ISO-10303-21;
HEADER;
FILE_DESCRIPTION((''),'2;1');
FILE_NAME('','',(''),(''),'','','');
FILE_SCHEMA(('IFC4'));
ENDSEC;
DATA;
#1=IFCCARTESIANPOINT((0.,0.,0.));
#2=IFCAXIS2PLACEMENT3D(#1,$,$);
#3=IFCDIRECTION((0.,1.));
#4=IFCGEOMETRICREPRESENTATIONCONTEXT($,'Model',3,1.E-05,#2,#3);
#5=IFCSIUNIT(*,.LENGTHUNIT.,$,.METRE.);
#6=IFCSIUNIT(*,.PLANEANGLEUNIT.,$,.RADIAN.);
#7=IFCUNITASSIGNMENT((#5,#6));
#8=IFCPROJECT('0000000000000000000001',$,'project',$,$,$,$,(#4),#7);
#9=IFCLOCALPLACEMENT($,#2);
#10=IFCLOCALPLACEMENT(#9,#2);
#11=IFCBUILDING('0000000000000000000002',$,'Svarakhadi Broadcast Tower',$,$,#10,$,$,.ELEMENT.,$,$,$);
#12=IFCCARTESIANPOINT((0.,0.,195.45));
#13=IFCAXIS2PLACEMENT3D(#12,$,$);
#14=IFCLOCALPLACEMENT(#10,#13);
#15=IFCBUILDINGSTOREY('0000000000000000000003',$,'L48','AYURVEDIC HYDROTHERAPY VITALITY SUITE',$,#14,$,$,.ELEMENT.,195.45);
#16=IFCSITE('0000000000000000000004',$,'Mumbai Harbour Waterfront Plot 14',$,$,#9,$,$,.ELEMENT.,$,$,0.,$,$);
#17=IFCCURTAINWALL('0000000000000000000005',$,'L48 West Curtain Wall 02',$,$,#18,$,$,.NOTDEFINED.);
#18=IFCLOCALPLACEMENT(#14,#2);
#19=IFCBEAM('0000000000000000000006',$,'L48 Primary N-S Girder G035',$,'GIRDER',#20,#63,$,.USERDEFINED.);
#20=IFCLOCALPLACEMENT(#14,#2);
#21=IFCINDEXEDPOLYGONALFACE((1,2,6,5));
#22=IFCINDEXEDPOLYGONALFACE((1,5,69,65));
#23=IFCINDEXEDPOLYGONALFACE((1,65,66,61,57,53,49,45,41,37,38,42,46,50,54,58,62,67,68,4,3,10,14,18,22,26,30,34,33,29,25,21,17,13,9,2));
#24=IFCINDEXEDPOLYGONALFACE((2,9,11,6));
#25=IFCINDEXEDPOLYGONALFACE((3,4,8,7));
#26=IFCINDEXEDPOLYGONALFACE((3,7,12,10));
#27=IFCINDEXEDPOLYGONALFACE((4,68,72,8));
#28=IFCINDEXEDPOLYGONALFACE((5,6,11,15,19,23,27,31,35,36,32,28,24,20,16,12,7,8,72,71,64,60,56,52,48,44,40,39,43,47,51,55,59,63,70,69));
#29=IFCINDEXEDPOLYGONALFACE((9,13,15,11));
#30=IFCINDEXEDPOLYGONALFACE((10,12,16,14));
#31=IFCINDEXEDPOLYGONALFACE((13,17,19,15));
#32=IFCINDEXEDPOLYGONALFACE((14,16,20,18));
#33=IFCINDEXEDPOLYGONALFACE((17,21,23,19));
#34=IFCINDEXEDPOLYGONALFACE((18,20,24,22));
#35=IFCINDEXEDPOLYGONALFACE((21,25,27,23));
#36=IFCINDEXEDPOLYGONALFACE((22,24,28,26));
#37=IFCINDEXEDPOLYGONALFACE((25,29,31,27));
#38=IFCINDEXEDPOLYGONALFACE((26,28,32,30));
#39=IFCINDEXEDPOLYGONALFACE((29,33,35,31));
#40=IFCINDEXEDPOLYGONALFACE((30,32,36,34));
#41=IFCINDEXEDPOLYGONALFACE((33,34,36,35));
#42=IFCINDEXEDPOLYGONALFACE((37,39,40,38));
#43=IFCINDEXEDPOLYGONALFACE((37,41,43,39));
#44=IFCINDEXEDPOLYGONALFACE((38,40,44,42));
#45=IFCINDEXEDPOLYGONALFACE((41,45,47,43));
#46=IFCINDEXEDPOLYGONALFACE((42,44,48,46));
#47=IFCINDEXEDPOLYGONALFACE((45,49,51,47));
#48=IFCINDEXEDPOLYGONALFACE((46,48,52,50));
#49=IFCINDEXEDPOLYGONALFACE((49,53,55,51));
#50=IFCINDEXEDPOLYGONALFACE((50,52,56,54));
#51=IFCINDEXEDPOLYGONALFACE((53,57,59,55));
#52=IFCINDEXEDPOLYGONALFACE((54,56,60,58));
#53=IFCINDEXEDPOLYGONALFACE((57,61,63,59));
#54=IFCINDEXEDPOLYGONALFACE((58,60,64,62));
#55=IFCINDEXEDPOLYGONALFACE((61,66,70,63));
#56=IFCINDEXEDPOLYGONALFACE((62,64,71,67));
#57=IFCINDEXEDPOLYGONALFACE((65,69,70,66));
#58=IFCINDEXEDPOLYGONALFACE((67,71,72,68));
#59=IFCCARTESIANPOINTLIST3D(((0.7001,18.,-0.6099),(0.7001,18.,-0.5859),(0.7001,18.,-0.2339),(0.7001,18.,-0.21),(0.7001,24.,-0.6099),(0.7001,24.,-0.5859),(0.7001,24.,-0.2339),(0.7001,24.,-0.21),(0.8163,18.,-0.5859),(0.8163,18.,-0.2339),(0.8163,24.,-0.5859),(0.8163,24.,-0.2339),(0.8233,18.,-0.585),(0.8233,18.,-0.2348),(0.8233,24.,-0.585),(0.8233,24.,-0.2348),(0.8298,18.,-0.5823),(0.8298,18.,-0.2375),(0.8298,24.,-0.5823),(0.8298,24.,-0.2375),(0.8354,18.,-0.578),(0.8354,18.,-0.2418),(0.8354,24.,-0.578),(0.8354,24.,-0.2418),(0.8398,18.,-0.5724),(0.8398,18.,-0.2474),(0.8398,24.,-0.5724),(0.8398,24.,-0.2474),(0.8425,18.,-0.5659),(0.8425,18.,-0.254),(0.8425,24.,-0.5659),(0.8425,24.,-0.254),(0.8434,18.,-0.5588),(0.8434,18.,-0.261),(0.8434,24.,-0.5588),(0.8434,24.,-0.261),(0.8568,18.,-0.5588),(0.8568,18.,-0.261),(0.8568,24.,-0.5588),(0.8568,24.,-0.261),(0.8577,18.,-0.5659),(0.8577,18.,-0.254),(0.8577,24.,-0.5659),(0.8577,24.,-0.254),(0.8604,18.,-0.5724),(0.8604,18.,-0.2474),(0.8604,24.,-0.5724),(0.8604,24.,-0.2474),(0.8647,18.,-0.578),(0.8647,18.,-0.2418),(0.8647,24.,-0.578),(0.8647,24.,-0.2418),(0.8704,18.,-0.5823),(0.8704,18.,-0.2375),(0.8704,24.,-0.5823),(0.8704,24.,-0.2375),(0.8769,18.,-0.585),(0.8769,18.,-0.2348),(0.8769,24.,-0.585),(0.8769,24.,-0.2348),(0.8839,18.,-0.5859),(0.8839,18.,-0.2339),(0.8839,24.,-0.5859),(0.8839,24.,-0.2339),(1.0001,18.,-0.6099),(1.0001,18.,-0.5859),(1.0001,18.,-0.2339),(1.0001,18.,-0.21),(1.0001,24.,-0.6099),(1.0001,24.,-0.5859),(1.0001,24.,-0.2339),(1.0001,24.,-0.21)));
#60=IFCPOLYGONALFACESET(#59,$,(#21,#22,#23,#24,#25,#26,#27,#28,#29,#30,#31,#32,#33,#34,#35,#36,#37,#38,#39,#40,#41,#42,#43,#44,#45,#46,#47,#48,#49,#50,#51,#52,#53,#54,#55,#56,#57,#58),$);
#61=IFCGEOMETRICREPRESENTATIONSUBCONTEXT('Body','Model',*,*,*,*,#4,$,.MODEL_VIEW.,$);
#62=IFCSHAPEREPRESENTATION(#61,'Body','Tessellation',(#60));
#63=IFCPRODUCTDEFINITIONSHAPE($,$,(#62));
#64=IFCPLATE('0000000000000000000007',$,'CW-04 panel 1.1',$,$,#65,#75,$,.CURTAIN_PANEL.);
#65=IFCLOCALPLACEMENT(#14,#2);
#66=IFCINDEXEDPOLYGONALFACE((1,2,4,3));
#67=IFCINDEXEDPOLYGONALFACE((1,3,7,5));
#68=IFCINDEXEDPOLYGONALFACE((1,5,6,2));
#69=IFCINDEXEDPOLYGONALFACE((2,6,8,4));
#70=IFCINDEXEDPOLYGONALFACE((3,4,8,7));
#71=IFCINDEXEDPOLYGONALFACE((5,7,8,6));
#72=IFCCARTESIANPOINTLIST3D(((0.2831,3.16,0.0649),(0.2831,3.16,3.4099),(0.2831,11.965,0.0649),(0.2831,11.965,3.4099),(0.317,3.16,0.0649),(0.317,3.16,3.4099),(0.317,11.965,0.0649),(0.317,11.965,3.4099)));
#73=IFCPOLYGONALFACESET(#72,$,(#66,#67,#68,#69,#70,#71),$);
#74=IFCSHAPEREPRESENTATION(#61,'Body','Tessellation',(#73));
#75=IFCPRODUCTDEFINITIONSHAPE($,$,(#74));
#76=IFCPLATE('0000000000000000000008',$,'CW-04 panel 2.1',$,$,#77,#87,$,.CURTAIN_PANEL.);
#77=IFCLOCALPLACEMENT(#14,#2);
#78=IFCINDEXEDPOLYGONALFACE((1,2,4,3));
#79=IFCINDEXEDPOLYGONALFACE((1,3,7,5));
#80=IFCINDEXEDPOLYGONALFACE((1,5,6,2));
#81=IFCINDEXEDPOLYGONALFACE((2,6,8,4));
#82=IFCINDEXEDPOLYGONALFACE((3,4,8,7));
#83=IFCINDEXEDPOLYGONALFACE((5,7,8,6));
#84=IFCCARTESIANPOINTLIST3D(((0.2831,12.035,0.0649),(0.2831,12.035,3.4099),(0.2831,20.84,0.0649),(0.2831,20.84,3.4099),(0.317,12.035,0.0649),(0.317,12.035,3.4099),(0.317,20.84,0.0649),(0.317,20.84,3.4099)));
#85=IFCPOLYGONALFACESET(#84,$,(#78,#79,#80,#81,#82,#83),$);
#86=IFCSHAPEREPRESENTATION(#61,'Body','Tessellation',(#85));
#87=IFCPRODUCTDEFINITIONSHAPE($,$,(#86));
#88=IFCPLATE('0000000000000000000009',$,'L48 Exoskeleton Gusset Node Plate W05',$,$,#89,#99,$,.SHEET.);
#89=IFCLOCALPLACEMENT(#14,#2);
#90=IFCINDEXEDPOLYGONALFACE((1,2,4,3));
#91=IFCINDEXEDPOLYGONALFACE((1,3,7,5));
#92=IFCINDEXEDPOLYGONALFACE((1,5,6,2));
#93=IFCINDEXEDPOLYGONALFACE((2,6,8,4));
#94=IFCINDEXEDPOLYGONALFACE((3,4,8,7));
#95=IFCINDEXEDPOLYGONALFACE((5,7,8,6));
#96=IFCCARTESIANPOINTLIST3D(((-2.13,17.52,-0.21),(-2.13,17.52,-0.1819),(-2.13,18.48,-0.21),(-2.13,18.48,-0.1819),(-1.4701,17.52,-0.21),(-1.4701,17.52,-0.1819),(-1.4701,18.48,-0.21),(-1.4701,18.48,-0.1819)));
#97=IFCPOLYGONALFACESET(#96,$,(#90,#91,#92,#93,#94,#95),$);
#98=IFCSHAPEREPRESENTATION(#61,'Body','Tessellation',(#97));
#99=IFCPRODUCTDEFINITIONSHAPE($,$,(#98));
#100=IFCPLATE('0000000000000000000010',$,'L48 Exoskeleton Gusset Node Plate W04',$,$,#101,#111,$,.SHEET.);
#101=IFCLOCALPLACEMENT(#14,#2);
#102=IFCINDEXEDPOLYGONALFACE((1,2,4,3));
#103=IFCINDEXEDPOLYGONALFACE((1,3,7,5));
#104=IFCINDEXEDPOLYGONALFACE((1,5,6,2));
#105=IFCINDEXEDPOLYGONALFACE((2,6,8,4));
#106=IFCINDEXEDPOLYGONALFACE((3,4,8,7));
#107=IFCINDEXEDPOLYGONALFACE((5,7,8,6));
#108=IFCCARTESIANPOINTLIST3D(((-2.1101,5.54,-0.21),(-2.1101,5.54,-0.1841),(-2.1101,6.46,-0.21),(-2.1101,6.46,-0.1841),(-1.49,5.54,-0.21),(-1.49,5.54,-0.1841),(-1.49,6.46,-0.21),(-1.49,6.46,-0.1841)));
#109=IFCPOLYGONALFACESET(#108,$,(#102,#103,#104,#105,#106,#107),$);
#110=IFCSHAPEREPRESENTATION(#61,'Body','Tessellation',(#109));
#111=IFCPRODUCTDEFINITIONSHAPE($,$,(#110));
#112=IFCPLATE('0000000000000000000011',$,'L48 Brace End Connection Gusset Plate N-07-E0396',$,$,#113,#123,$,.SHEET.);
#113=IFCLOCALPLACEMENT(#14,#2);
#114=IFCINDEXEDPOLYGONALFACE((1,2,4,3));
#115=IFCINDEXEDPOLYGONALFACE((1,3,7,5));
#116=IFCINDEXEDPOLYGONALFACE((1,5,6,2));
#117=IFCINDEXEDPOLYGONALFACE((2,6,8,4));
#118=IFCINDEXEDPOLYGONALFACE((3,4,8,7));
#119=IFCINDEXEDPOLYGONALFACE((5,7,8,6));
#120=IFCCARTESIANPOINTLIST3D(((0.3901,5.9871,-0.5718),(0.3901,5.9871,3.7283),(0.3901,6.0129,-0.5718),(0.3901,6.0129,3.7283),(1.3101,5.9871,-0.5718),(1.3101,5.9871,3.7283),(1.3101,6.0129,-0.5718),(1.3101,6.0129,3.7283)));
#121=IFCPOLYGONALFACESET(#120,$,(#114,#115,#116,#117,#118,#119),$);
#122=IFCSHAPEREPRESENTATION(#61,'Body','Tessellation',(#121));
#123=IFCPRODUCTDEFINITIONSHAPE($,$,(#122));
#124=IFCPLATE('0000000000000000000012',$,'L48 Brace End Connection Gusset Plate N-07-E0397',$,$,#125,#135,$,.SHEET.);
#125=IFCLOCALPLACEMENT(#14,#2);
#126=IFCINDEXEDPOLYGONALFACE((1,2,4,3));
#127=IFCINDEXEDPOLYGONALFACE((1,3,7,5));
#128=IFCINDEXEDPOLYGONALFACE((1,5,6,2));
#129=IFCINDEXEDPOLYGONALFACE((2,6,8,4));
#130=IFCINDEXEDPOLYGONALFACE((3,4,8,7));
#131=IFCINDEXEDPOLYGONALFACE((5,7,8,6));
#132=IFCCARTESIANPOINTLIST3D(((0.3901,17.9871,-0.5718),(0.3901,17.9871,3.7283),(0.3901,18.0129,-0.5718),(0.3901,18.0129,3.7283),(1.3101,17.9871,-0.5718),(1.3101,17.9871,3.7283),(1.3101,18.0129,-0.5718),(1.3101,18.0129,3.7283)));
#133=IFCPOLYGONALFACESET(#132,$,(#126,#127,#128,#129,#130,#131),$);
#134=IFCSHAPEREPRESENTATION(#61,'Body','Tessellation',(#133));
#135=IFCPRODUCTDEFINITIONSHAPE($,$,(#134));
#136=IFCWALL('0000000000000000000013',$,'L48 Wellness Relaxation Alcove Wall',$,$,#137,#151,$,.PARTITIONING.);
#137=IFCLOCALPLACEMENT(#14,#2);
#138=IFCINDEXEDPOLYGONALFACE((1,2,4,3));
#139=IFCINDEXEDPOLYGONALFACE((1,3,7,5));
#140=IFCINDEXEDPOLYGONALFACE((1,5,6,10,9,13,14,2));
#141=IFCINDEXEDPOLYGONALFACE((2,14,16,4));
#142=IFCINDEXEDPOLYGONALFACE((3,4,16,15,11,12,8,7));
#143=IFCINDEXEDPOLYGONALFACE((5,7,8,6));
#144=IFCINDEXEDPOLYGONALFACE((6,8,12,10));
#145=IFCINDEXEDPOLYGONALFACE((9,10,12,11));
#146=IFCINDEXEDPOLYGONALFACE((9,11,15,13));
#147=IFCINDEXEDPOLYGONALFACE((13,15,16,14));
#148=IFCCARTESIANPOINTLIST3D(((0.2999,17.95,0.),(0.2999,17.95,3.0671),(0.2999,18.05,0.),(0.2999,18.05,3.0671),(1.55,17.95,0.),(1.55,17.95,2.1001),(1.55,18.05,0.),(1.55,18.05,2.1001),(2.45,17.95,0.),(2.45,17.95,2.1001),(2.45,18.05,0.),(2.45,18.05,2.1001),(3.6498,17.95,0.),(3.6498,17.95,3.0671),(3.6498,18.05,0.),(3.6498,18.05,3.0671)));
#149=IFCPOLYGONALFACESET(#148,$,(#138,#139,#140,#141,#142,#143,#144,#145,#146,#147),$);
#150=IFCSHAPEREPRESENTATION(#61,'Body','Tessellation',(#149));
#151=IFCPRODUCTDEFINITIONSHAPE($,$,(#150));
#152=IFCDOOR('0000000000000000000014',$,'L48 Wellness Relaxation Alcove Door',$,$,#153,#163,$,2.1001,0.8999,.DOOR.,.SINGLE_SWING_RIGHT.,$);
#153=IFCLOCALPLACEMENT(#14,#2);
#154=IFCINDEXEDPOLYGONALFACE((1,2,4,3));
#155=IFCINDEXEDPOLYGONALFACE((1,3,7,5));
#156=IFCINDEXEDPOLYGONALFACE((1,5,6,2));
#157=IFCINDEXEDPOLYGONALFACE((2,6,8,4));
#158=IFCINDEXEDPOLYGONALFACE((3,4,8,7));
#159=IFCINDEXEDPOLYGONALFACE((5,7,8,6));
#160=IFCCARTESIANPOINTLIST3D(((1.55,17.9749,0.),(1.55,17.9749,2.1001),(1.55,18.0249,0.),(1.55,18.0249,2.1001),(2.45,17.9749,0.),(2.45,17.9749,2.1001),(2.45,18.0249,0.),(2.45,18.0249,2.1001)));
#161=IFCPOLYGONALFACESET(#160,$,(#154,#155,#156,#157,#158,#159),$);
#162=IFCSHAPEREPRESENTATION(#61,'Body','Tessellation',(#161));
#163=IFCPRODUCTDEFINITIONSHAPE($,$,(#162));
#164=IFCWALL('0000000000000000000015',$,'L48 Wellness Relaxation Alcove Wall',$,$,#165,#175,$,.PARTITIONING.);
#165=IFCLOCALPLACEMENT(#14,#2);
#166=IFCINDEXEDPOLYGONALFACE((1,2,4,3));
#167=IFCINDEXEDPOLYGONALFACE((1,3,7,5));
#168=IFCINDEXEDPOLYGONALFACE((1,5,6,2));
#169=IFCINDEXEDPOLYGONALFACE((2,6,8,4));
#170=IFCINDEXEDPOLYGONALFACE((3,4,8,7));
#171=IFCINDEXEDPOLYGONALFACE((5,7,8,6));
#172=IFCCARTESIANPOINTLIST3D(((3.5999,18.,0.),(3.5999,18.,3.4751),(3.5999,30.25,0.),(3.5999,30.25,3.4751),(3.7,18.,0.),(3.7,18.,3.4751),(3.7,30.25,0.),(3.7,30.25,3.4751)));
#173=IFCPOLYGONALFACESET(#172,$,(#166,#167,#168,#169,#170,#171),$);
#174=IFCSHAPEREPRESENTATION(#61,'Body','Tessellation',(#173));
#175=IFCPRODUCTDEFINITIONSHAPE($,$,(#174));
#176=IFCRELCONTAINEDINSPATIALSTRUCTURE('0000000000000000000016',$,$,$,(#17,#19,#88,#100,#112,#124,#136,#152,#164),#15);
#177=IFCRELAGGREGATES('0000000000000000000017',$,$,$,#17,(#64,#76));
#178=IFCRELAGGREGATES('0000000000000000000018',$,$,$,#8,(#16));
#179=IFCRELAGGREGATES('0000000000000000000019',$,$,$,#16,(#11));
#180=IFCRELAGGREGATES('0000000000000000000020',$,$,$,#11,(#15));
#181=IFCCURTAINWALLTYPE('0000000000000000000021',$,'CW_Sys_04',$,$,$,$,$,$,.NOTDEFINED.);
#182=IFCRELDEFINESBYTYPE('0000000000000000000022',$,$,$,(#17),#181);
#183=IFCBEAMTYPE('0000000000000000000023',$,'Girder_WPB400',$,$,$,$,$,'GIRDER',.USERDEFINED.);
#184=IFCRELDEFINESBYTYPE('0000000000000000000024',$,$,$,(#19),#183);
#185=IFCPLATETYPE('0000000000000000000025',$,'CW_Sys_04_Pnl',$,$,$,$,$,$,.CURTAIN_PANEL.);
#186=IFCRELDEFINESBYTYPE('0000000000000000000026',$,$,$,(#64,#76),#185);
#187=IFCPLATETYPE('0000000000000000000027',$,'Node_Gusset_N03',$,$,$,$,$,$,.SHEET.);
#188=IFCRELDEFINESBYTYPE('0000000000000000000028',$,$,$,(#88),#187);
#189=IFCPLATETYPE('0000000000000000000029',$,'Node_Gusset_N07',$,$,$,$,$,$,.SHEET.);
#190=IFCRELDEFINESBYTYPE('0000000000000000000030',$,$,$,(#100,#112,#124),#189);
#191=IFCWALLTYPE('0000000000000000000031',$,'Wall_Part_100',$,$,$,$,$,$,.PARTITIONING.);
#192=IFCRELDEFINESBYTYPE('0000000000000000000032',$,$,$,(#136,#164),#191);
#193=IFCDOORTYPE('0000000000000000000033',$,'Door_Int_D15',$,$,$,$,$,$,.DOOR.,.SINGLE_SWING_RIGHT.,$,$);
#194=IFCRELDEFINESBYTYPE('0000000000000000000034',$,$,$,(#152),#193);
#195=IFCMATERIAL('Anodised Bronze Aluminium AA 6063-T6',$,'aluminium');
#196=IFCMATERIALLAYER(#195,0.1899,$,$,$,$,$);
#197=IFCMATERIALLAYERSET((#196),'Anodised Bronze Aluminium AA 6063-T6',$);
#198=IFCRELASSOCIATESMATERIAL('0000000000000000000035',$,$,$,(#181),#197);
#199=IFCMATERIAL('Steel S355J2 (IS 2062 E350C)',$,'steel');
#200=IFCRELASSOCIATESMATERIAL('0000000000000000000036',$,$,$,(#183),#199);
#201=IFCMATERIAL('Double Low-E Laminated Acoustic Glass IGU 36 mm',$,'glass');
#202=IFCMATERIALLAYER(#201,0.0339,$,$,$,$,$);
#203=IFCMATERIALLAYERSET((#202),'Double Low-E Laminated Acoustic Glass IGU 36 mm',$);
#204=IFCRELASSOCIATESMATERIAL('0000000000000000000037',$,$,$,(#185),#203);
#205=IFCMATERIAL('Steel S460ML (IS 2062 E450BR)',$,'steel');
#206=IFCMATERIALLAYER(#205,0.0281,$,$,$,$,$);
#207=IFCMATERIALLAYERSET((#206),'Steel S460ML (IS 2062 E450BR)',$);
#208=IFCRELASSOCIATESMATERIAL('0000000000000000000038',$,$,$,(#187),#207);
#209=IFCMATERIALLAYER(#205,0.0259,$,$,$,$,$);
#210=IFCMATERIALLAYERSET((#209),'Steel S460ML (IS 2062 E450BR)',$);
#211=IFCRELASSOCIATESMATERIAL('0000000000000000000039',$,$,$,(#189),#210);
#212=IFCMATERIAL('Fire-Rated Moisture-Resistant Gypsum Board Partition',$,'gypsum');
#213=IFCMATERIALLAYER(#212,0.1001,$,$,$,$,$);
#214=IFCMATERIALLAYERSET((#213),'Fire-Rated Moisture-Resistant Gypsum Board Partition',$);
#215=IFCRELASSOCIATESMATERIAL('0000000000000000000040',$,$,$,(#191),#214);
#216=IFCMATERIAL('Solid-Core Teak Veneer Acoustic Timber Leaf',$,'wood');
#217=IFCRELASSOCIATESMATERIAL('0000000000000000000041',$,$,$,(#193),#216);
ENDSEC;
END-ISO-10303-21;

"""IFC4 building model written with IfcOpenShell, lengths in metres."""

from ifc_helpers import new_model, si_unit, direction, frame, frame_2d, origin, origin_2d, place, context, subcontext, project, spatial, rectangle, i_section, extrude, material, layer, layer_set, material_profile, profile_set, type_object, element, fill, aggregate, save


model = new_model("IFC4")

# Units and contexts
model_context = context("Model", 3, precision=1e-05, world=origin(), true_north=direction((0.0, 1.0)))
body_context = subcontext(model_context, "Body", "Model", "MODEL_VIEW")
ifc_project = project(units=[si_unit("LENGTHUNIT", "METRE"), si_unit("PLANEANGLEUNIT", "RADIAN")], contexts=[model_context])

# Site, building, storey
site_placement = place(None, origin())
site = spatial("IfcSite", under=ifc_project, at=site_placement, Name="Mumbai Harbour Waterfront Plot 14", CompositionType="ELEMENT", RefElevation=0.0)
building_placement = place(site_placement, origin())
building = spatial("IfcBuilding", under=site, at=building_placement, Name="Svarakhadi Broadcast Tower", CompositionType="ELEMENT")
storey_placement = place(building_placement, frame((0.0, 0.0, 195.45)))
storey = spatial("IfcBuildingStorey", under=building, at=storey_placement, Name="L48", Description="AYURVEDIC HYDROTHERAPY VITALITY SUITE", CompositionType="ELEMENT", Elevation=195.45)

# Shared definitions
ifc_material_1 = material(Name="Steel S460ML (IS 2062 E450BR)", Category="steel")

# Shared definitions
ifc_material_2 = material(Name="Steel S355J2 (IS 2062 E350C)", Category="steel")

# Curtain wall
ifc_material_3 = material(Name="Anodised Bronze Aluminium AA 6063-T6", Category="aluminium")
ifc_layer_1 = layer(ifc_material_3, 0.1899)
ifc_layer_set_1 = layer_set([ifc_layer_1], Name="Anodised Bronze Aluminium AA 6063-T6")
curtain_wall_type = type_object("IfcCurtainWallType", Name="CW_Sys_04", PredefinedType="NOTDEFINED", material=ifc_layer_set_1)
curtain_wall_placement = place(storey_placement, origin())
curtain_wall = element("IfcCurtainWall", 1, at=curtain_wall_placement, inside=storey, type_object=curtain_wall_type, Name="L48 West Curtain Wall 02", PredefinedType="NOTDEFINED")

# Beam
ifc_material_profile_1 = material_profile(ifc_material_2, i_section(OverallWidth=0.3, OverallDepth=0.3999, WebThickness=0.0134, FlangeThickness=0.0239, FilletRadius=0.0271, at=origin_2d()), Name="WPB 400x300x155")
ifc_profile_set_1 = profile_set([ifc_material_profile_1], Name="Steel S355J2 (IS 2062 E350C)")
beam_type_1 = type_object("IfcBeamType", Name="Girder_WPB400", ElementType="GIRDER", PredefinedType="USERDEFINED", material=ifc_profile_set_1)
for number, where, z_axis, x_axis, name in (
    (2, (0.8501, 18.0, -0.4099), (0.0, 1.0, 0.0), (-1.0, 0.0, 0.0), "L48 Primary N-S Girder G035"),
):
    element("IfcBeam", number, at=place(storey_placement, frame(where, z_axis=z_axis, x_axis=x_axis)), inside=storey, type_object=beam_type_1, Name=name, ObjectType="GIRDER", PredefinedType="USERDEFINED", context=body_context, shape_type="SweptSolid", body=[
        extrude(i_section(OverallWidth=0.3, OverallDepth=0.3999, WebThickness=0.0134, FlangeThickness=0.0239, FilletRadius=0.0271, at=origin_2d()), origin(), (0.0, 0.0, 1.0), 6.0),
    ])

# Plates
ifc_material_4 = material(Name="Double Low-E Laminated Acoustic Glass IGU 36 mm", Category="glass")
ifc_layer_2 = layer(ifc_material_4, 0.0339)
ifc_layer_set_2 = layer_set([ifc_layer_2], Name="Double Low-E Laminated Acoustic Glass IGU 36 mm")
plate_type_1 = type_object("IfcPlateType", Name="CW_Sys_04_Pnl", PredefinedType="CURTAIN_PANEL", material=ifc_layer_set_2)
plate_1_placement = place(storey_placement, frame((0.3, 7.5625, 0.0649), z_axis=(0.0, 0.0, 1.0), x_axis=(0.0, 1.0, 0.0)))
plate_1 = element("IfcPlate", 3, at=plate_1_placement, type_object=plate_type_1, Name="CW-04 panel 1.1", PredefinedType="CURTAIN_PANEL", context=body_context, shape_type="SweptSolid", body=[
    extrude(rectangle(XDim=8.8049, YDim=0.0339, at=origin_2d()), origin(), (0.0, 0.0, 1.0), 3.345),
])
plate_2_placement = place(storey_placement, frame((0.3, 16.4375, 0.0649), z_axis=(0.0, 0.0, 1.0), x_axis=(0.0, 1.0, 0.0)))
plate_2 = element("IfcPlate", 4, at=plate_2_placement, type_object=plate_type_1, Name="CW-04 panel 2.1", PredefinedType="CURTAIN_PANEL", context=body_context, shape_type="SweptSolid", body=[
    extrude(rectangle(XDim=8.8049, YDim=0.0339, at=origin_2d()), origin(), (0.0, 0.0, 1.0), 3.345),
])
aggregate(curtain_wall, [plate_1, plate_2])

# Plates
ifc_layer_3 = layer(ifc_material_1, 0.0281)
ifc_layer_set_3 = layer_set([ifc_layer_3], Name="Steel S460ML (IS 2062 E450BR)")
plate_type_2 = type_object("IfcPlateType", Name="Node_Gusset_N03", PredefinedType="SHEET", material=ifc_layer_set_3)
plate_3_placement = place(storey_placement, frame((-1.8, 18.0, -0.21), z_axis=(0.0, 0.0, 1.0), x_axis=(0.0, 1.0, 0.0)))
element("IfcPlate", 5, at=plate_3_placement, inside=storey, type_object=plate_type_2, Name="L48 Exoskeleton Gusset Node Plate W05", PredefinedType="SHEET", context=body_context, shape_type="SweptSolid", body=[
    extrude(rectangle(XDim=0.96, YDim=0.6599, at=origin_2d()), origin(), (0.0, 0.0, 1.0), 0.0281),
])
ifc_layer_4 = layer(ifc_material_1, 0.0259)
ifc_layer_set_4 = layer_set([ifc_layer_4], Name="Steel S460ML (IS 2062 E450BR)")
plate_type_3 = type_object("IfcPlateType", Name="Node_Gusset_N07", PredefinedType="SHEET", material=ifc_layer_set_4)
plate_4_placement = place(storey_placement, frame((-1.8, 6.0, -0.21), z_axis=(0.0, 0.0, 1.0), x_axis=(0.0, 1.0, 0.0)))
element("IfcPlate", 6, at=plate_4_placement, inside=storey, type_object=plate_type_3, Name="L48 Exoskeleton Gusset Node Plate W04", PredefinedType="SHEET", context=body_context, shape_type="SweptSolid", body=[
    extrude(rectangle(XDim=0.9199, YDim=0.6201, at=origin_2d()), origin(), (0.0, 0.0, 1.0), 0.0259),
])
for number, where, z_axis, x_axis, name in (
    (7, (0.8501, 6.0, -0.5718), (0.0, 0.0, 1.0), (1.0, 0.0, 0.0), "L48 Brace End Connection Gusset Plate N-07-E0396"),
    (8, (0.8501, 18.0, -0.5718), (0.0, 0.0, 1.0), (1.0, 0.0, 0.0), "L48 Brace End Connection Gusset Plate N-07-E0397"),
):
    element("IfcPlate", number, at=place(storey_placement, frame(where, z_axis=z_axis, x_axis=x_axis)), inside=storey, type_object=plate_type_3, Name=name, PredefinedType="SHEET", context=body_context, shape_type="SweptSolid", body=[
        extrude(rectangle(XDim=0.9199, YDim=0.0259, at=origin_2d()), origin(), (0.0, 0.0, 1.0), 4.3),
    ])

# Wall, opening, door
ifc_material_5 = material(Name="Fire-Rated Moisture-Resistant Gypsum Board Partition", Category="gypsum")
ifc_layer_5 = layer(ifc_material_5, 0.1001)
ifc_layer_set_5 = layer_set([ifc_layer_5], Name="Fire-Rated Moisture-Resistant Gypsum Board Partition")
wall_type = type_object("IfcWallType", Name="Wall_Part_100", PredefinedType="PARTITIONING", material=ifc_layer_set_5)
wall_1_placement = place(storey_placement, frame((0.3, 18.0, 0.0), z_axis=(0.0, 0.0, 1.0), x_axis=(1.0, 0.0, 0.0)))
wall_1 = element("IfcWall", 9, at=wall_1_placement, inside=storey, type_object=wall_type, Name="L48 Wellness Relaxation Alcove Wall", PredefinedType="PARTITIONING", context=body_context, shape_type="SweptSolid", body=[
    extrude(rectangle(XDim=3.3499, YDim=0.1001, at=frame_2d((1.6748, 0.0))), origin(), (0.0, 0.0, 1.0), 3.0671),
])
opening_1_placement = place(wall_1_placement, frame((1.25, 0.0, 0.0)))
opening_1 = element("IfcOpeningElement", 10, at=opening_1_placement, cuts=wall_1, PredefinedType="OPENING", context=body_context, shape_type="SweptSolid", body=[
    extrude(rectangle(XDim=0.8999, YDim=2.1001, at=frame_2d((0.45, 1.05))), frame((0.0, 0.0601, 0.0), z_axis=(0.0, -1.0, 0.0), x_axis=(1.0, 0.0, 0.0)), (0.0, 0.0, 1.0), 0.1201),
])
ifc_material_6 = material(Name="Solid-Core Teak Veneer Acoustic Timber Leaf", Category="wood")
door_type_1 = type_object("IfcDoorType", Name="Door_Int_D15", OperationType="SINGLE_SWING_RIGHT", PredefinedType="DOOR", material=ifc_material_6)
door_1_placement = place(opening_1_placement, origin())
door_1 = element("IfcDoor", 11, at=door_1_placement, inside=storey, type_object=door_type_1, Name="L48 Wellness Relaxation Alcove Door", OperationType="SINGLE_SWING_RIGHT", OverallHeight=2.1001, OverallWidth=0.8999, PredefinedType="DOOR", context=body_context, shape_type="SweptSolid", body=[
    extrude(rectangle(XDim=0.8999, YDim=2.1001, at=frame_2d((0.45, 1.05))), frame((0.0, 0.0249, 0.0), z_axis=(0.0, -1.0, 0.0), x_axis=(1.0, 0.0, 0.0)), (0.0, 0.0, 1.0), 0.05),
])
fill(opening_1, door_1)

# Wall
wall_2_placement = place(storey_placement, frame((3.6499, 18.0, 0.0), z_axis=(0.0, 0.0, 1.0), x_axis=(0.0, 1.0, 0.0)))
element("IfcWall", 12, at=wall_2_placement, inside=storey, type_object=wall_type, Name="L48 Wellness Relaxation Alcove Wall", PredefinedType="PARTITIONING", context=body_context, shape_type="SweptSolid", body=[
    extrude(rectangle(XDim=12.25, YDim=0.1001, at=frame_2d((6.125, 0.0))), origin(), (0.0, 0.0, 1.0), 3.4751),
])

save(model, "model.ifc")
